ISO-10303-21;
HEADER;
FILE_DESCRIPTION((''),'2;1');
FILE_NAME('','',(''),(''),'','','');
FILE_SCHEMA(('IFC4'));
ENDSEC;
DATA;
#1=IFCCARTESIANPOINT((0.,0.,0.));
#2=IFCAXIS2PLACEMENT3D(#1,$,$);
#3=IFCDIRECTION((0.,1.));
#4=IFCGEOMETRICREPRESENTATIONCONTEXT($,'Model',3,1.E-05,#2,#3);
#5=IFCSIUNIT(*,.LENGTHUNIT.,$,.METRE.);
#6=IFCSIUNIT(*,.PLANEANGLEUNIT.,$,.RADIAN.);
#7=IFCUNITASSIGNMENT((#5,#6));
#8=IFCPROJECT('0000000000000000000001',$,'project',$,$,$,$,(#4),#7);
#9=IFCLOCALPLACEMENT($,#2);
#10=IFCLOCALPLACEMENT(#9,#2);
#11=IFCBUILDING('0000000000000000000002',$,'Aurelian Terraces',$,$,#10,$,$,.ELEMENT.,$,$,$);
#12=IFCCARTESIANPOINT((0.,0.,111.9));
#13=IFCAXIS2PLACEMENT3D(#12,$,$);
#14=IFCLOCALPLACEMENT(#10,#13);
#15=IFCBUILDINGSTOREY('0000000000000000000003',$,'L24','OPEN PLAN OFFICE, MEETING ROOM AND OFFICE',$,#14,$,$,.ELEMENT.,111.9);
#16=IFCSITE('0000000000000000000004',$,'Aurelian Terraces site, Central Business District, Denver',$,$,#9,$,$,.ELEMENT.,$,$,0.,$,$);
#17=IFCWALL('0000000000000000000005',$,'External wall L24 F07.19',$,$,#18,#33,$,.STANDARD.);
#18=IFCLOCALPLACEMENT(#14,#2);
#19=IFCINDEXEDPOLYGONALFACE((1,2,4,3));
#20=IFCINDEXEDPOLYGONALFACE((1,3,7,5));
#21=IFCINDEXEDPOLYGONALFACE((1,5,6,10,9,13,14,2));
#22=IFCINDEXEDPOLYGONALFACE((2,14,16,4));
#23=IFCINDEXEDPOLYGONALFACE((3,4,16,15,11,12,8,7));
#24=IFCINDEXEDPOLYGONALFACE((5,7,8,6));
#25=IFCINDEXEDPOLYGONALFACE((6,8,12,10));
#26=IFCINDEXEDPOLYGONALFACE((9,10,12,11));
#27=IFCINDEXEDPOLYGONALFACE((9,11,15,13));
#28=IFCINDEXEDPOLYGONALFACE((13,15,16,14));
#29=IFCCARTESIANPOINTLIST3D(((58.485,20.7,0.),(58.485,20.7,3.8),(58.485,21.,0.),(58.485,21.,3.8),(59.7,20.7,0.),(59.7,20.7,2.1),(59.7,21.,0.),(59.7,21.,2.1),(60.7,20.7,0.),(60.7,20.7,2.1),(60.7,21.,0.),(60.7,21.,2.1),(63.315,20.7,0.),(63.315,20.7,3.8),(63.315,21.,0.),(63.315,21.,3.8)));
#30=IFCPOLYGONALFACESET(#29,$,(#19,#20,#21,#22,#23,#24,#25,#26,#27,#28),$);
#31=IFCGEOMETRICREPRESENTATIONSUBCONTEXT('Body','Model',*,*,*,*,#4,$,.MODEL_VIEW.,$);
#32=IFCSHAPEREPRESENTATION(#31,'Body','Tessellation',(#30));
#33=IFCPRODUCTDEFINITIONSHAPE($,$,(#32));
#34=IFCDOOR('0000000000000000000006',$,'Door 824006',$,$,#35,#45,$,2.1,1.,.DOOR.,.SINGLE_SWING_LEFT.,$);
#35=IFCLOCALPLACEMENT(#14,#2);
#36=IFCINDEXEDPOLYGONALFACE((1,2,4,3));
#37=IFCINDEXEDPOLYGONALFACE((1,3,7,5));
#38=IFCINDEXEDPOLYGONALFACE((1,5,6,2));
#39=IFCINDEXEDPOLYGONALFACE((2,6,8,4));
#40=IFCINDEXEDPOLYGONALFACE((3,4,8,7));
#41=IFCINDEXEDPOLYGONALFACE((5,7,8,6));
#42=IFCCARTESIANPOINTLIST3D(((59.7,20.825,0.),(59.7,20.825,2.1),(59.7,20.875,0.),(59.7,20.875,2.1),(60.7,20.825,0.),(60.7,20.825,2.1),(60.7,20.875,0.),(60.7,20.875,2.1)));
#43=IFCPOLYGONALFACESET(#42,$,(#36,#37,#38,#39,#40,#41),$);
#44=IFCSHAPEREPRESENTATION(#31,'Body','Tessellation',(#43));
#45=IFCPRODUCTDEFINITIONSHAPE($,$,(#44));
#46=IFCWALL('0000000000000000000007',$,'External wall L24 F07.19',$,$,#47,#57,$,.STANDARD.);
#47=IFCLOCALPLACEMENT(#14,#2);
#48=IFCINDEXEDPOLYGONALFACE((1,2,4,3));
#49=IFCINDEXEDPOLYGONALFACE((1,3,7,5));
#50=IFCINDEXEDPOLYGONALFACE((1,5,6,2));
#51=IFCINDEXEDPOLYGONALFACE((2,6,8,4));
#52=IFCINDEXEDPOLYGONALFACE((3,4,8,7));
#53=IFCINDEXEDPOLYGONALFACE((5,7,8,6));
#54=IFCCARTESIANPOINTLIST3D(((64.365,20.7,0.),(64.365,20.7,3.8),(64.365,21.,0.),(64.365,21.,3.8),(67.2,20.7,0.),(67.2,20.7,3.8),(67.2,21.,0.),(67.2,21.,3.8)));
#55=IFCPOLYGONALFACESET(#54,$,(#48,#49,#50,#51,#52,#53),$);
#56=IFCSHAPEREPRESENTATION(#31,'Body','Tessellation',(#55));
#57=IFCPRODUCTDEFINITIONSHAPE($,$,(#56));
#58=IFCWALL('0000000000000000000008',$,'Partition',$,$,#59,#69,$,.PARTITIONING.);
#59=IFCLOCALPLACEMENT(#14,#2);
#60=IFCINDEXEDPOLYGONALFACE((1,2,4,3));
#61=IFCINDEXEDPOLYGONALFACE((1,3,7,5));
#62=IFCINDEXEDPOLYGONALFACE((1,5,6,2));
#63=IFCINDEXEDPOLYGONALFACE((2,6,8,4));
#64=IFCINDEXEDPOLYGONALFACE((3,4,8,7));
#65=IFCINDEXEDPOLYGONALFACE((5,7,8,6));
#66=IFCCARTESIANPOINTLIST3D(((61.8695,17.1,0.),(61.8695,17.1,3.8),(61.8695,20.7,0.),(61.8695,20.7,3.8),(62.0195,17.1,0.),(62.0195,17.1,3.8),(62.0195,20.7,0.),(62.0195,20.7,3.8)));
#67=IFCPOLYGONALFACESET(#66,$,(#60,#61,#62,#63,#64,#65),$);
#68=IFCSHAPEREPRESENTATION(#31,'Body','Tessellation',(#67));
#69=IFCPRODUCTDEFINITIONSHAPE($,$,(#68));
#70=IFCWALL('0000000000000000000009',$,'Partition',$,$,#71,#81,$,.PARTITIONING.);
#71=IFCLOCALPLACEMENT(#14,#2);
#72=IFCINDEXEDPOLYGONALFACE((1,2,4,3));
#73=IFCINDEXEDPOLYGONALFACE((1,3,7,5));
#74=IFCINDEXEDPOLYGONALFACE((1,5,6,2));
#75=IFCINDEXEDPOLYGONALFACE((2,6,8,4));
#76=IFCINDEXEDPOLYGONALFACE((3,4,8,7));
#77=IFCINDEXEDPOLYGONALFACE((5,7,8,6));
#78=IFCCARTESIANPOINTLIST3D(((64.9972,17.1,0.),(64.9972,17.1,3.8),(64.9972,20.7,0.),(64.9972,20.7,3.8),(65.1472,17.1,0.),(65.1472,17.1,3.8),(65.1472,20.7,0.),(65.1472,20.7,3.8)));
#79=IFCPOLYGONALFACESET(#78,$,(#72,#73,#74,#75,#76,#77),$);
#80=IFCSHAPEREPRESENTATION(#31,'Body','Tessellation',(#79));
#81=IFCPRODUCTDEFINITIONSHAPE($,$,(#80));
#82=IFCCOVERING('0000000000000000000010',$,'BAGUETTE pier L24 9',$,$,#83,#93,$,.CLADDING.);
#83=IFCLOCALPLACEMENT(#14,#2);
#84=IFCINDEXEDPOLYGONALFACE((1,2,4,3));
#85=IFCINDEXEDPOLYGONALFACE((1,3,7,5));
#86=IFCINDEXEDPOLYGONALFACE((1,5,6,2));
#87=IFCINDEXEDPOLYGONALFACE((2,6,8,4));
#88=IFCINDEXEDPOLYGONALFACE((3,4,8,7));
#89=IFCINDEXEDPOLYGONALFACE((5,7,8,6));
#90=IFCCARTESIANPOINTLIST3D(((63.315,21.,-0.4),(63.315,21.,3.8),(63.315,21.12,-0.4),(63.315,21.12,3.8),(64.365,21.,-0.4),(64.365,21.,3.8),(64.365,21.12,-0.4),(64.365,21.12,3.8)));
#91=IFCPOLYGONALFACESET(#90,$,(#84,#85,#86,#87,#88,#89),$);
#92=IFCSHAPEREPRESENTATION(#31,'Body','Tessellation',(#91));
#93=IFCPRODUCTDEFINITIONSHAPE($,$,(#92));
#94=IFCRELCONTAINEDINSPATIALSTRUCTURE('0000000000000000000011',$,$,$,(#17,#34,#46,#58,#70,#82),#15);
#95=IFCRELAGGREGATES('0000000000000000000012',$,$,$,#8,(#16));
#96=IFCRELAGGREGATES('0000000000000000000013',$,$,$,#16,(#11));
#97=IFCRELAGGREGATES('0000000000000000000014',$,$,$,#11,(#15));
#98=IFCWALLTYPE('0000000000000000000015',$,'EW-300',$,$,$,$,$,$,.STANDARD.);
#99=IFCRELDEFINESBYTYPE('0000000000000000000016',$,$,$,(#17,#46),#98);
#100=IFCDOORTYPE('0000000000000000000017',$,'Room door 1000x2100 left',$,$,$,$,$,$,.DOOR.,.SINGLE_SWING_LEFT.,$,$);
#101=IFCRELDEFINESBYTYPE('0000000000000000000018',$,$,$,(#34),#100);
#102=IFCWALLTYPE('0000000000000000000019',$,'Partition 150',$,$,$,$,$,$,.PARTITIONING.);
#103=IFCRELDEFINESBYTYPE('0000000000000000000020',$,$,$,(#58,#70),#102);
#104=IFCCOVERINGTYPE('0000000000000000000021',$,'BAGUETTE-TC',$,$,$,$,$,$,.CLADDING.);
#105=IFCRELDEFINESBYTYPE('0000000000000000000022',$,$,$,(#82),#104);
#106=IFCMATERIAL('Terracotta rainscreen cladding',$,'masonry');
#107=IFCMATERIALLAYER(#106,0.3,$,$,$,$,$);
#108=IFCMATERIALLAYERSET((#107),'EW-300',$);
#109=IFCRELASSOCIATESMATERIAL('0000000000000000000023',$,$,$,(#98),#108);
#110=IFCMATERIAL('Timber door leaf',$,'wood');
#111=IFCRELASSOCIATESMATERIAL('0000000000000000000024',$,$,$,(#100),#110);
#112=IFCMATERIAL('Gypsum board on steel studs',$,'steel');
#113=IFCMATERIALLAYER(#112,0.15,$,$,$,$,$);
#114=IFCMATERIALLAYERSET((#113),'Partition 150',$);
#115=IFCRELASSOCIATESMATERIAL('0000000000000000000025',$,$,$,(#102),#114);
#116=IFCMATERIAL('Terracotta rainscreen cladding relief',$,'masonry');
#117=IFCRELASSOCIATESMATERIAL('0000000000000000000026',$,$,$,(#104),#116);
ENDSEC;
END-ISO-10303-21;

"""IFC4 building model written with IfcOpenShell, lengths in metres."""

from ifc_helpers import new_model, si_unit, direction, frame, frame_2d, origin, origin_2d, place, context, subcontext, project, spatial, rectangle, extrude, source, transform, mapped, material, layer, layer_set, type_object, element, fill, save


model = new_model("IFC4")

# Units and contexts
model_context = context("Model", 3, precision=1e-05, world=origin(), true_north=direction((0.0, 1.0)))
body_context = subcontext(model_context, "Body", "Model", "MODEL_VIEW")
ifc_project = project(units=[si_unit("LENGTHUNIT", "METRE"), si_unit("PLANEANGLEUNIT", "RADIAN")], contexts=[model_context])

# Site, building, storey
site_placement = place(None, origin())
site = spatial("IfcSite", under=ifc_project, at=site_placement, Name="Aurelian Terraces site, Central Business District, Denver", CompositionType="ELEMENT", RefElevation=0.0)
building_placement = place(site_placement, origin())
building = spatial("IfcBuilding", under=site, at=building_placement, Name="Aurelian Terraces", CompositionType="ELEMENT")
storey_placement = place(building_placement, frame((0.0, 0.0, 111.9)))
storey = spatial("IfcBuildingStorey", under=building, at=storey_placement, Name="L24", Description="OPEN PLAN OFFICE, MEETING ROOM AND OFFICE", CompositionType="ELEMENT", Elevation=111.9)

# Wall, opening, door
ifc_material_1 = material(Name="Terracotta rainscreen cladding", Category="masonry")
ifc_layer_1 = layer(ifc_material_1, 0.3)
ifc_layer_set_1 = layer_set([ifc_layer_1], Name="EW-300")
wall_type_1 = type_object("IfcWallType", Name="EW-300", PredefinedType="STANDARD", material=ifc_layer_set_1)
shared_shape_1 = source(origin(), body_context, "Body", "SweptSolid", [
    extrude(rectangle(XDim=4.83, YDim=0.3, at=frame_2d((2.415, 0.0))), origin(), (0.0, 0.0, 1.0), 3.8),
])
wall_1_placement = place(storey_placement, frame((63.315, 20.85, 0.0), z_axis=(0.0, 0.0, 1.0), x_axis=(-1.0, 0.0, 0.0)))
wall_1 = element("IfcWall", 1, at=wall_1_placement, inside=storey, type_object=wall_type_1, Name="External wall L24 F07.19", PredefinedType="STANDARD", context=body_context, shape_type="MappedRepresentation", body=[
    mapped(shared_shape_1, transform((0.0, 0.0, 0.0), scale=1.0)),
])
shared_shape_2 = source(origin(), body_context, "Body", "SweptSolid", [
    extrude(rectangle(XDim=1.0, YDim=2.1, at=frame_2d((0.5, 1.05))), frame((0.0, 0.16, 0.0), z_axis=(0.0, -1.0, 0.0), x_axis=(1.0, 0.0, 0.0)), (0.0, 0.0, 1.0), 0.32),
])
opening_1_placement = place(wall_1_placement, frame((2.615, 0.0, 0.0)))
opening_1 = element("IfcOpeningElement", 2, at=opening_1_placement, cuts=wall_1, PredefinedType="OPENING", context=body_context, shape_type="MappedRepresentation", body=[
    mapped(shared_shape_2, transform((0.0, 0.0, 0.0), scale=1.0)),
])
ifc_material_2 = material(Name="Timber door leaf", Category="wood")
door_type = type_object("IfcDoorType", Name="Room door 1000x2100 left", OperationType="SINGLE_SWING_LEFT", PredefinedType="DOOR", material=ifc_material_2)
shared_shape_3 = source(origin(), body_context, "Body", "SweptSolid", [
    extrude(rectangle(XDim=1.0, YDim=2.1, at=frame_2d((0.5, 1.05))), frame((0.0, 0.025, 0.0), z_axis=(0.0, -1.0, 0.0), x_axis=(1.0, 0.0, 0.0)), (0.0, 0.0, 1.0), 0.05),
])
door_placement = place(opening_1_placement, origin())
door = element("IfcDoor", 3, at=door_placement, inside=storey, type_object=door_type, Name="Door 824006", OperationType="SINGLE_SWING_LEFT", OverallHeight=2.1, OverallWidth=1.0, PredefinedType="DOOR", context=body_context, shape_type="MappedRepresentation", body=[
    mapped(shared_shape_3, transform((0.0, 0.0, 0.0), scale=1.0)),
])
fill(opening_1, door)

# Walls
shared_shape_4 = source(origin(), body_context, "Body", "SweptSolid", [
    extrude(rectangle(XDim=2.835, YDim=0.3, at=frame_2d((1.4175, 0.0))), origin(), (0.0, 0.0, 1.0), 3.8),
])
wall_2_placement = place(storey_placement, frame((67.2, 20.85, 0.0), z_axis=(0.0, 0.0, 1.0), x_axis=(-1.0, 0.0, 0.0)))
element("IfcWall", 4, at=wall_2_placement, inside=storey, type_object=wall_type_1, Name="External wall L24 F07.19", PredefinedType="STANDARD", context=body_context, shape_type="MappedRepresentation", body=[
    mapped(shared_shape_4, transform((0.0, 0.0, 0.0), scale=1.0)),
])
ifc_material_3 = material(Name="Gypsum board on steel studs", Category="steel")
ifc_layer_2 = layer(ifc_material_3, 0.15)
ifc_layer_set_2 = layer_set([ifc_layer_2], Name="Partition 150")
wall_type_2 = type_object("IfcWallType", Name="Partition 150", PredefinedType="PARTITIONING", material=ifc_layer_set_2)
shared_shape_5 = source(origin(), body_context, "Body", "SweptSolid", [
    extrude(rectangle(XDim=3.6, YDim=0.15, at=frame_2d((1.8, 0.0))), origin(), (0.0, 0.0, 1.0), 3.8),
])
for number, where, z_axis, x_axis, name in (
    (5, (61.9445, 20.7, 0.0), (0.0, 0.0, 1.0), (0.0, -1.0, 0.0), "Partition"),
    (6, (65.0722, 20.7, 0.0), (0.0, 0.0, 1.0), (0.0, -1.0, 0.0), "Partition"),
):
    element("IfcWall", number, at=place(storey_placement, frame(where, z_axis=z_axis, x_axis=x_axis)), inside=storey, type_object=wall_type_2, Name=name, PredefinedType="PARTITIONING", context=body_context, shape_type="MappedRepresentation", body=[
        mapped(shared_shape_5, transform((0.0, 0.0, 0.0), scale=1.0)),
    ])

# Covering
ifc_material_4 = material(Name="Terracotta rainscreen cladding relief", Category="masonry")
covering_type = type_object("IfcCoveringType", Name="BAGUETTE-TC", PredefinedType="CLADDING", material=ifc_material_4)
shared_shape_6 = source(origin(), body_context, "Body", "SweptSolid", [
    extrude(rectangle(XDim=1.05, YDim=0.12, at=origin_2d()), origin(), (0.0, 0.0, 1.0), 4.2),
])
covering_placement = place(storey_placement, frame((63.84, 21.06, -0.4), z_axis=(0.0, 0.0, 1.0), x_axis=(1.0, 0.0, 0.0)))
element("IfcCovering", 7, at=covering_placement, inside=storey, type_object=covering_type, Name="BAGUETTE pier L24 9", PredefinedType="CLADDING", context=body_context, shape_type="MappedRepresentation", body=[
    mapped(shared_shape_6, transform((0.0, 0.0, 0.0), scale=1.0)),
])

save(model, "model.ifc")
